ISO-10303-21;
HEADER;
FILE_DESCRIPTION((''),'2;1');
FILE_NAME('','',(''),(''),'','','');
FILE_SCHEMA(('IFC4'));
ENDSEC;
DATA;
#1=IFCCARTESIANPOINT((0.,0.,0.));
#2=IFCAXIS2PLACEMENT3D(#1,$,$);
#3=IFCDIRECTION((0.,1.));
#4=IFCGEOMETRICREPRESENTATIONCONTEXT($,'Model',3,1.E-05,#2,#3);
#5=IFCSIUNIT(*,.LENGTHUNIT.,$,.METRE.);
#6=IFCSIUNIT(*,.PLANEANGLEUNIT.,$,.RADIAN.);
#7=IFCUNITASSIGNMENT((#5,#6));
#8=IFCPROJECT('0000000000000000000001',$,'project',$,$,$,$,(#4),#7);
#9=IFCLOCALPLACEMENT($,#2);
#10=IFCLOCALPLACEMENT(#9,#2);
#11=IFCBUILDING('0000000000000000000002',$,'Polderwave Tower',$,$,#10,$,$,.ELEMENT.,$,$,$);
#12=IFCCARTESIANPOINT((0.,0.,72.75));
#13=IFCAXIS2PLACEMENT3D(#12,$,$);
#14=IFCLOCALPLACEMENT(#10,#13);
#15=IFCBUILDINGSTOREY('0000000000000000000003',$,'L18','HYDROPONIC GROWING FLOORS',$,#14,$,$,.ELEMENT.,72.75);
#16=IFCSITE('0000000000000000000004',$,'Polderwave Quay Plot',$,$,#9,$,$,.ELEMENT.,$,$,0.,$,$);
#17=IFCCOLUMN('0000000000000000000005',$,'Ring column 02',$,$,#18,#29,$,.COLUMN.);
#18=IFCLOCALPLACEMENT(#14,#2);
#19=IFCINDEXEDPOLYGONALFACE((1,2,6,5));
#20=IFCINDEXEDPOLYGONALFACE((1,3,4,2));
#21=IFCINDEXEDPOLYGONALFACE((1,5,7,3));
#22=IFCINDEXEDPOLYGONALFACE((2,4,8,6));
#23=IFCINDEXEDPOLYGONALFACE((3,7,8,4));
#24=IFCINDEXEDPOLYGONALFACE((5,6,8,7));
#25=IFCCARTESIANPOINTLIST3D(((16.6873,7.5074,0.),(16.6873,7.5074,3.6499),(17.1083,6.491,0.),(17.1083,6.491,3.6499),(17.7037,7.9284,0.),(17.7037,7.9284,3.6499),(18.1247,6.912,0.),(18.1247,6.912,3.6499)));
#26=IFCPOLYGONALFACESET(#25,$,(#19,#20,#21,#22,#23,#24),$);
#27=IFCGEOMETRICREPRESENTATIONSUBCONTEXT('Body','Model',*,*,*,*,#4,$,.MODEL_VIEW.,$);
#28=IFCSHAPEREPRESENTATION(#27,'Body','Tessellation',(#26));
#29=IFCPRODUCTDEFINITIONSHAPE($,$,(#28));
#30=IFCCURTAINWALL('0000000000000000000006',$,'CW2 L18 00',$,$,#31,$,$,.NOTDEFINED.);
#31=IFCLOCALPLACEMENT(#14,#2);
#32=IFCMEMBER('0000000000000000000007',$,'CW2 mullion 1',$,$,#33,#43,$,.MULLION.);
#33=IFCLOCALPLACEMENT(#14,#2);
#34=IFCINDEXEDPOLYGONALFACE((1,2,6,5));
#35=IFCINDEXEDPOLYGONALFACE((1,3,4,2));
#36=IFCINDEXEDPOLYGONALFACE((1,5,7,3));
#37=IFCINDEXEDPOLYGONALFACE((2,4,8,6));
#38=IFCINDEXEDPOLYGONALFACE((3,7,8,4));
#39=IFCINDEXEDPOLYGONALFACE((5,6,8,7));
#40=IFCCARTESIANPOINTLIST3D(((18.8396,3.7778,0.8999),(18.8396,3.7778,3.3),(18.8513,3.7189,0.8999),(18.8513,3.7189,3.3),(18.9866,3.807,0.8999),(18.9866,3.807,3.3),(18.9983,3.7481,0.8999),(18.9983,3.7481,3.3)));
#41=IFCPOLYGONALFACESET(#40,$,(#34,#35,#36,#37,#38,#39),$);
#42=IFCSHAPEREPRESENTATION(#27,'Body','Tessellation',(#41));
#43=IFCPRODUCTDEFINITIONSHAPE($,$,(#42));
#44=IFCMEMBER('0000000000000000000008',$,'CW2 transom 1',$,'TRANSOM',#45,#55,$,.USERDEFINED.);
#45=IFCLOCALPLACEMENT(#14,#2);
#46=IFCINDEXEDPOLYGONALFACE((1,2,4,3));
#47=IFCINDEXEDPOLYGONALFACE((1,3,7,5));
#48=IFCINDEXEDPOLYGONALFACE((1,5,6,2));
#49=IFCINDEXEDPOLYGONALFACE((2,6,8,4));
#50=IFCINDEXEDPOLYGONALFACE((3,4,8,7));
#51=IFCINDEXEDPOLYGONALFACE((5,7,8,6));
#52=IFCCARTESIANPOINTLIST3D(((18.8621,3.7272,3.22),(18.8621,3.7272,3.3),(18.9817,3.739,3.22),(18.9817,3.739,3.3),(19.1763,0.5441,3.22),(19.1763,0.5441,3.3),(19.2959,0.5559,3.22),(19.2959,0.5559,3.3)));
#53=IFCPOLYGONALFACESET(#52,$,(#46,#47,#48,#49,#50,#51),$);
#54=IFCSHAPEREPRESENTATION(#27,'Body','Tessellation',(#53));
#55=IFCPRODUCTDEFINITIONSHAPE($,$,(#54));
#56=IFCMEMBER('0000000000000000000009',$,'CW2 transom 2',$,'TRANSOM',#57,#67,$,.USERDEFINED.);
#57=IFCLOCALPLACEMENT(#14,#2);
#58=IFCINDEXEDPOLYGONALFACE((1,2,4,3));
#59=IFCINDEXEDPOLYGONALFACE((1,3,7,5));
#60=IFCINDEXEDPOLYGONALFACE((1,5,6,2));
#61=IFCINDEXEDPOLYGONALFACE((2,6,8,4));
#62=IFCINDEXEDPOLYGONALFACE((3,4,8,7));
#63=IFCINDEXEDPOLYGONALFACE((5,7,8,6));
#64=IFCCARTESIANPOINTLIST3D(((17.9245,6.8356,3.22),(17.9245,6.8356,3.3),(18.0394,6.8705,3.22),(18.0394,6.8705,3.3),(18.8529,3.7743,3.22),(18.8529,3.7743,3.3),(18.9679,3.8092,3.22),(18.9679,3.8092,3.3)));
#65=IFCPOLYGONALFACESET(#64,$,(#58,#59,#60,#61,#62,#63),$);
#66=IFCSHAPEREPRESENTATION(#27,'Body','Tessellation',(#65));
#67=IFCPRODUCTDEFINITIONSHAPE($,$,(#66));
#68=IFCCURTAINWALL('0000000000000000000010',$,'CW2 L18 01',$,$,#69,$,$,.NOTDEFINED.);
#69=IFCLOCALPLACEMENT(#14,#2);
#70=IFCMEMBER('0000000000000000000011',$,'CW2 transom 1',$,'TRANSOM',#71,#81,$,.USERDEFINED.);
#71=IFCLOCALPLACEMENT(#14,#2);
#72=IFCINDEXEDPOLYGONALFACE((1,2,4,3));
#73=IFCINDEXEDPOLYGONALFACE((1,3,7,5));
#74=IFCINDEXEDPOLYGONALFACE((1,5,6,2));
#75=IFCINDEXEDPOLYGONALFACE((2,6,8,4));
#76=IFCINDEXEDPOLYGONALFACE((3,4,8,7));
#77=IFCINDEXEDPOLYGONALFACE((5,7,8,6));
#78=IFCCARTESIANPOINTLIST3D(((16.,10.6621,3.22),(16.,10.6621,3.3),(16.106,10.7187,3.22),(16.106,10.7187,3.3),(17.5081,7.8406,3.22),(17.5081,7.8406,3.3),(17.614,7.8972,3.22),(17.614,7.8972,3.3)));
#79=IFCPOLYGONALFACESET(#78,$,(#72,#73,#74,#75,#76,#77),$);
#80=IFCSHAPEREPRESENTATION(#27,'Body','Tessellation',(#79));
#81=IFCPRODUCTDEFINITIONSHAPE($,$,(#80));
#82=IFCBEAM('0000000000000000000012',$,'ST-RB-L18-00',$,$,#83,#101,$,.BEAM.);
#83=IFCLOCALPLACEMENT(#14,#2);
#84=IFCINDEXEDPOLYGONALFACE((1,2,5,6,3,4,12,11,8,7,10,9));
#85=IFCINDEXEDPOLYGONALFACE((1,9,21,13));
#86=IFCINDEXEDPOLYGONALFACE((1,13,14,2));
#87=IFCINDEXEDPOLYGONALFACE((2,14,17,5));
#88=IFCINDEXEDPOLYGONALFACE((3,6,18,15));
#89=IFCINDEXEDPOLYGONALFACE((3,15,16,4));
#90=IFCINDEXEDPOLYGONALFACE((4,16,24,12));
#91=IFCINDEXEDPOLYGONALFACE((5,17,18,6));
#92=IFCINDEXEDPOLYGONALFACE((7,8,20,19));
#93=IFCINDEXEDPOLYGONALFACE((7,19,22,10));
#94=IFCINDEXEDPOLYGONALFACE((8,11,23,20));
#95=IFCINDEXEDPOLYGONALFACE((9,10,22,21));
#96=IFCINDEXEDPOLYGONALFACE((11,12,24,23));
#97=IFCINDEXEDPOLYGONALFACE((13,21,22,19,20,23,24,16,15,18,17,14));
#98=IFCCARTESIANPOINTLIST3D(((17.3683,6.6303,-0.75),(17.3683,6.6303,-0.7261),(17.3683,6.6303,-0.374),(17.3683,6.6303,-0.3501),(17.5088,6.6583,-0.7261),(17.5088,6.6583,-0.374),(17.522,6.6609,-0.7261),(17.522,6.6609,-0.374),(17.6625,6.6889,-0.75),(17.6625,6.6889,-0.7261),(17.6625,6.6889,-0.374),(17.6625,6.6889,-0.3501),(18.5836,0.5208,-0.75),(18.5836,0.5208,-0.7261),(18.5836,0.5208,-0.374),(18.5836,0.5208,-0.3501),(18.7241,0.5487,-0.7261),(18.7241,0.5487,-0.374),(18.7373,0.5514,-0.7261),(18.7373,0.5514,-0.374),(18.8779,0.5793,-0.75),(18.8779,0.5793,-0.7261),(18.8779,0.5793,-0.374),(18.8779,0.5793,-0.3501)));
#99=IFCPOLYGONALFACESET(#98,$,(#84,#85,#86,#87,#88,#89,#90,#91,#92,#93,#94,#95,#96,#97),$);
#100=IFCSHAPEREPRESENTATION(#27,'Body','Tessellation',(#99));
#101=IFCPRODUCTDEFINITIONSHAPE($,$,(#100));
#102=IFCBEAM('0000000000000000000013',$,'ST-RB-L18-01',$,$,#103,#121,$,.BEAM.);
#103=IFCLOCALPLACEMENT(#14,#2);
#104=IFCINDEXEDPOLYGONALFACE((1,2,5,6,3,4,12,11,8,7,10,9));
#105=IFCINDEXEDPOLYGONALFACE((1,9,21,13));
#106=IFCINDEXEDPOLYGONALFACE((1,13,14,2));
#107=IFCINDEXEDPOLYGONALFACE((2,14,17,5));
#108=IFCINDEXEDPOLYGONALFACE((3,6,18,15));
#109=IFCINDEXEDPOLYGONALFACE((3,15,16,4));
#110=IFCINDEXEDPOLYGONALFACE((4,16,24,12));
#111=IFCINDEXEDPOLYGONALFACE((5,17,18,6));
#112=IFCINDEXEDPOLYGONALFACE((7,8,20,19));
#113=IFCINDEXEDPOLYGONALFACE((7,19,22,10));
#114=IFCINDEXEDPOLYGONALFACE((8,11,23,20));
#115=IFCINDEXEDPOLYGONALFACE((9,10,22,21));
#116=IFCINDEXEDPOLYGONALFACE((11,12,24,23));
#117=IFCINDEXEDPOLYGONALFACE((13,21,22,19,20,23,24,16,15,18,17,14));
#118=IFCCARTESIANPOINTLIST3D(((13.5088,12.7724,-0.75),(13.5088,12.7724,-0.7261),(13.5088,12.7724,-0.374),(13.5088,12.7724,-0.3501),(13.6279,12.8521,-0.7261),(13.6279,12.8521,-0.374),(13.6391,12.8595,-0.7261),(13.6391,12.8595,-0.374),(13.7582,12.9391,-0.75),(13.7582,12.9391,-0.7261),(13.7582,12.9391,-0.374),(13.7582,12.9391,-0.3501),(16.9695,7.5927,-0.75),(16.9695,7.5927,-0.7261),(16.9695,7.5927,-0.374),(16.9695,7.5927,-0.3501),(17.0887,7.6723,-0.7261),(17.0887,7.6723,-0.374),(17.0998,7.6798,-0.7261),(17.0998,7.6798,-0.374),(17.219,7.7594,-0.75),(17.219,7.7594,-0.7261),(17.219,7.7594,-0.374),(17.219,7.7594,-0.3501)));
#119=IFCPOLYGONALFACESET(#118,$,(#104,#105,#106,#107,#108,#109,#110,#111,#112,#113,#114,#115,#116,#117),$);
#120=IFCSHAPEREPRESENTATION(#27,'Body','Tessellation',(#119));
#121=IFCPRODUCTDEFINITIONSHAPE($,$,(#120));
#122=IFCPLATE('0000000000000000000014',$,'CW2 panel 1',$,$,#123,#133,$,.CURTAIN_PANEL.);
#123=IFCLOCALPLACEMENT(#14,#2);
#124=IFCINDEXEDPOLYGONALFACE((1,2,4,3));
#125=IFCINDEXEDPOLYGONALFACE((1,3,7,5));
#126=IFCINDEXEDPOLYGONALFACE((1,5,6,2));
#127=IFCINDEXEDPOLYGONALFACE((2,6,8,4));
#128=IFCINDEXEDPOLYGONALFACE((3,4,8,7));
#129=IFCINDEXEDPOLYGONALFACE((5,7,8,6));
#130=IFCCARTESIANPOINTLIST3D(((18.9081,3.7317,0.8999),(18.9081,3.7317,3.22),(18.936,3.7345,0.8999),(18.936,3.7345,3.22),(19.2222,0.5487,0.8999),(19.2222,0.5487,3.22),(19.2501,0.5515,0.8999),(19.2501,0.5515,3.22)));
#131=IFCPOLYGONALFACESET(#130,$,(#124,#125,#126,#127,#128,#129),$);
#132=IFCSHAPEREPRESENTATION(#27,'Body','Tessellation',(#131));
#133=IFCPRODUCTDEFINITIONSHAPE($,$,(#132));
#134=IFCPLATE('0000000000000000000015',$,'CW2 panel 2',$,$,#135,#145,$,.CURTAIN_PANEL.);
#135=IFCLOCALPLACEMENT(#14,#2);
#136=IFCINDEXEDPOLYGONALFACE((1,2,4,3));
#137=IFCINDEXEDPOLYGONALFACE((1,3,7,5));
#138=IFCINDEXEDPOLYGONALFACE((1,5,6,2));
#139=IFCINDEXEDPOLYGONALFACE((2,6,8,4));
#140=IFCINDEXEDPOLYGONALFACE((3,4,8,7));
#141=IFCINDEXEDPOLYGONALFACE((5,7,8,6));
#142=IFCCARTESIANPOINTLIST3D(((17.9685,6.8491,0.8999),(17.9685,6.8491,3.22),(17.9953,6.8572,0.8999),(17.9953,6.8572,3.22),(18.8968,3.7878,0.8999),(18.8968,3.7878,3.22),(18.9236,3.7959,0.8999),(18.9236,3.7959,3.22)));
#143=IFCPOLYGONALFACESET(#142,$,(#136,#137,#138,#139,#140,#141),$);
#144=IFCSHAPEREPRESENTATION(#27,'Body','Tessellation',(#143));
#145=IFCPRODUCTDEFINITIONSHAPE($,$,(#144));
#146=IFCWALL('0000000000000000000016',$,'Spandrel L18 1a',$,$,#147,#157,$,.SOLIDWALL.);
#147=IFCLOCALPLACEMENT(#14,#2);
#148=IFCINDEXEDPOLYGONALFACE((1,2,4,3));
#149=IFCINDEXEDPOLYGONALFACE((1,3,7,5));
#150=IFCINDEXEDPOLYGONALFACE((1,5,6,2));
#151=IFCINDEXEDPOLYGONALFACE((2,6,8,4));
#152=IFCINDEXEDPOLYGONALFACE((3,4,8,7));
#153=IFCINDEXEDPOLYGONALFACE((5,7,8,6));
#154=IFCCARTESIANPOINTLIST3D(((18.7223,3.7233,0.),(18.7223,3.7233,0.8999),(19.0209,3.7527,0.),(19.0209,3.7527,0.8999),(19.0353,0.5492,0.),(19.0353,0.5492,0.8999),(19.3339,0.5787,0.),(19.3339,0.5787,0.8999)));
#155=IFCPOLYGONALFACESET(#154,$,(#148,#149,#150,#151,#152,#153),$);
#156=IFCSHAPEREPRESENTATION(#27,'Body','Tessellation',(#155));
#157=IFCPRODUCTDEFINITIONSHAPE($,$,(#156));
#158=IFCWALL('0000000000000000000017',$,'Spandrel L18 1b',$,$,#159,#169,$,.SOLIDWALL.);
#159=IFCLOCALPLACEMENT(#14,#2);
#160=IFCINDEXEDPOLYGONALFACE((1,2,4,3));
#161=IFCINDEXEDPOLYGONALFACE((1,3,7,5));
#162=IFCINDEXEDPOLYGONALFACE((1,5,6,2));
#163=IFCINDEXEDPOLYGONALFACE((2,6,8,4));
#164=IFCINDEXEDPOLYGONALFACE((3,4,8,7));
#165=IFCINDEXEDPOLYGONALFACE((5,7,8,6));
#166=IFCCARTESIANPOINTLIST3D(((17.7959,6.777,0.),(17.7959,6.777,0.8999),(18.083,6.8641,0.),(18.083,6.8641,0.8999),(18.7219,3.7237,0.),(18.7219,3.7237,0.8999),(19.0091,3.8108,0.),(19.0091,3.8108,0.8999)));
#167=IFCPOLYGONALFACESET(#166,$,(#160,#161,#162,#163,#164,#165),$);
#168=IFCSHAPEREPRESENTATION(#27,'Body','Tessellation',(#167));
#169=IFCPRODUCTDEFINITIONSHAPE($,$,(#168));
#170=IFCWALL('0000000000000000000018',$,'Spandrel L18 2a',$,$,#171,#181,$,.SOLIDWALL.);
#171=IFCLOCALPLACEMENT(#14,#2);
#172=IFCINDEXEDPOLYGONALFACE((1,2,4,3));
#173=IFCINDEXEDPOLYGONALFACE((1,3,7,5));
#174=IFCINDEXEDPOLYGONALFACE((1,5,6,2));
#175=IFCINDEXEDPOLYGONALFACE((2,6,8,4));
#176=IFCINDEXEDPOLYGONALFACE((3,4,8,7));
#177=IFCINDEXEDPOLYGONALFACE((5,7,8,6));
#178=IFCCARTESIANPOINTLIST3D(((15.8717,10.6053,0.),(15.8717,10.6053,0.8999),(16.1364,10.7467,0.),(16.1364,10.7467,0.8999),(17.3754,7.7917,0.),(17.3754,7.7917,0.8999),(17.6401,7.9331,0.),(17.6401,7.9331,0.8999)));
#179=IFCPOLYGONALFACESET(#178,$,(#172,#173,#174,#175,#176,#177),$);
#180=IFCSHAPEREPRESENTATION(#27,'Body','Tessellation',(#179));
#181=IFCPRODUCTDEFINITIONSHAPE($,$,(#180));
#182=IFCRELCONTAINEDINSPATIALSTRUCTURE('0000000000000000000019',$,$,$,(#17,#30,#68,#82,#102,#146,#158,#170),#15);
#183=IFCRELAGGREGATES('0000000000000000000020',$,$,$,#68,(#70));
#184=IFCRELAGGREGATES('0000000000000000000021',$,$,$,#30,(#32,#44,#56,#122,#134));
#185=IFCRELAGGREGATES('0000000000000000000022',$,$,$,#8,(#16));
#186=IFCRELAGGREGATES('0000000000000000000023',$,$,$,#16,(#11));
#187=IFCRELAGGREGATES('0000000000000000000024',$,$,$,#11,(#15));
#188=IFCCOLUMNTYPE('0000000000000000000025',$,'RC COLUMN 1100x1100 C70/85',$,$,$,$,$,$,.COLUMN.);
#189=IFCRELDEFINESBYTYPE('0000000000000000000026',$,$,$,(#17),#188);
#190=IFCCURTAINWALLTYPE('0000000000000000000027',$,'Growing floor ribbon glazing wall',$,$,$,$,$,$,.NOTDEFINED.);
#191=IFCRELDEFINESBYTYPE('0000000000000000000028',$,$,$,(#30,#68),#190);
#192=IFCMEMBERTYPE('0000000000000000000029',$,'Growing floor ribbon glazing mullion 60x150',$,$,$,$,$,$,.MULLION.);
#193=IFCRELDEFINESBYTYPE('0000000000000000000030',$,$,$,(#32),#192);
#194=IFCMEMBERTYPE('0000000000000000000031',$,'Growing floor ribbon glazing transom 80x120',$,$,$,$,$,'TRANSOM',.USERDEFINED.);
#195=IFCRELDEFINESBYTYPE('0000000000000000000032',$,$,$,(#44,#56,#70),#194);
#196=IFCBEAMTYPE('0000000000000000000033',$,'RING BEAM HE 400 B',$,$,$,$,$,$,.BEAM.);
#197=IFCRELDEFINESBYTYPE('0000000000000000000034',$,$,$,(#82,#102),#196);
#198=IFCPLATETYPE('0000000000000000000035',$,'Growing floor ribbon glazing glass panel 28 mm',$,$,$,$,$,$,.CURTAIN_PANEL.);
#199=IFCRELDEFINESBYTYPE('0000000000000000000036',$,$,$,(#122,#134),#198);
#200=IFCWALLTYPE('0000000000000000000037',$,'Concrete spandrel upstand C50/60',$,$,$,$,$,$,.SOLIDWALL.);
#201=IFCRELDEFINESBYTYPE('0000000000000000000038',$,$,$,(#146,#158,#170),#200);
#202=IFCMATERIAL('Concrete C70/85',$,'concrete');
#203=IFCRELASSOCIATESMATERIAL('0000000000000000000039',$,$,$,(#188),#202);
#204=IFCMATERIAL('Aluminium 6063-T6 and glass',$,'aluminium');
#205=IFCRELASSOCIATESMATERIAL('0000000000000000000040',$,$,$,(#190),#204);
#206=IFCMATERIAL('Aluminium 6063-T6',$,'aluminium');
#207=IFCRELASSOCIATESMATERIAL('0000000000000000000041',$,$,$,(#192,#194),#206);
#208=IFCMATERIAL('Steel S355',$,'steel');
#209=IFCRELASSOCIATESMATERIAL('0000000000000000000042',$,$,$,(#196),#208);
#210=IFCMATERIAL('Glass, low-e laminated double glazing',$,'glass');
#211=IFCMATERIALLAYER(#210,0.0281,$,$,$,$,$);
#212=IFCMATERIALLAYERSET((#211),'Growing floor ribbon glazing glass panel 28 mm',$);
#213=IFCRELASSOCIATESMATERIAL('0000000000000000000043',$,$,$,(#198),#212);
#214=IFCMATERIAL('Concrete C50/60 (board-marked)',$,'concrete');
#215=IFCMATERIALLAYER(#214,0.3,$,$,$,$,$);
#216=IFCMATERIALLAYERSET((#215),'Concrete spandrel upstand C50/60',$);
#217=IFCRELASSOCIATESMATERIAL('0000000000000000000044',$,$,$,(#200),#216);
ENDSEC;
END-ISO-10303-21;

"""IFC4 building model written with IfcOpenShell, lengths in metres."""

from ifc_helpers import new_model, si_unit, direction, frame, frame_2d, origin, origin_2d, place, context, subcontext, project, spatial, rectangle, i_section, extrude, material, layer, layer_set, material_profile, profile_set, type_object, element, aggregate, save


model = new_model("IFC4")

# Units and contexts
model_context = context("Model", 3, precision=1e-05, world=origin(), true_north=direction((0.0, 1.0)))
body_context = subcontext(model_context, "Body", "Model", "MODEL_VIEW")
ifc_project = project(units=[si_unit("LENGTHUNIT", "METRE"), si_unit("PLANEANGLEUNIT", "RADIAN")], contexts=[model_context])

# Site, building, storey
site_placement = place(None, origin())
site = spatial("IfcSite", under=ifc_project, at=site_placement, Name="Polderwave Quay Plot", CompositionType="ELEMENT", RefElevation=0.0)
building_placement = place(site_placement, origin())
building = spatial("IfcBuilding", under=site, at=building_placement, Name="Polderwave Tower", CompositionType="ELEMENT")
storey_placement = place(building_placement, frame((0.0, 0.0, 72.75)))
storey = spatial("IfcBuildingStorey", under=building, at=storey_placement, Name="L18", Description="HYDROPONIC GROWING FLOORS", CompositionType="ELEMENT", Elevation=72.75)

# Column
ifc_material_1 = material(Name="Concrete C70/85", Category="concrete")
ifc_material_profile_1 = material_profile(ifc_material_1, rectangle(XDim=1.1001, YDim=1.1001, at=origin_2d()), Name="RC 1100x1100")
ifc_profile_set_1 = profile_set([ifc_material_profile_1], Name="Concrete C70/85")
column_type = type_object("IfcColumnType", Name="RC COLUMN 1100x1100 C70/85", PredefinedType="COLUMN", material=ifc_profile_set_1)
column_placement = place(storey_placement, frame((17.406, 7.2097, 0.0), z_axis=(0.0, 0.0, 1.0), x_axis=(0.92388, 0.382683, 0.0)))
element("IfcColumn", 1, at=column_placement, inside=storey, type_object=column_type, Name="Ring column 02", PredefinedType="COLUMN", context=body_context, shape_type="SweptSolid", body=[
    extrude(rectangle(XDim=1.1001, YDim=1.1001, at=origin_2d()), origin(), (0.0, 0.0, 1.0), 3.6499),
])

# Curtain wall, members
ifc_material_2 = material(Name="Aluminium 6063-T6 and glass", Category="aluminium")
curtain_wall_type = type_object("IfcCurtainWallType", Name="Growing floor ribbon glazing wall", PredefinedType="NOTDEFINED", material=ifc_material_2)
curtain_wall_1_placement = place(storey_placement, origin())
curtain_wall_1 = element("IfcCurtainWall", 2, at=curtain_wall_1_placement, inside=storey, type_object=curtain_wall_type, Name="CW2 L18 00", PredefinedType="NOTDEFINED")
ifc_material_3 = material(Name="Aluminium 6063-T6", Category="aluminium")
ifc_material_profile_2 = material_profile(ifc_material_3, rectangle(XDim=0.1499, YDim=0.0601, at=origin_2d()), Name="AL 60x150")
ifc_profile_set_2 = profile_set([ifc_material_profile_2], Name="Aluminium 6063-T6")
member_type_1 = type_object("IfcMemberType", Name="Growing floor ribbon glazing mullion 60x150", PredefinedType="MULLION", material=ifc_profile_set_2)
member_1_placement = place(storey_placement, frame((18.9189, 3.7629, 0.8999), z_axis=(0.0, 0.0, 1.0), x_axis=(-0.980779, -0.195123, 0.0)))
member_1 = element("IfcMember", 3, at=member_1_placement, type_object=member_type_1, Name="CW2 mullion 1", PredefinedType="MULLION", context=body_context, shape_type="SweptSolid", body=[
    extrude(rectangle(XDim=0.1499, YDim=0.0601, at=origin_2d()), origin(), (0.0, 0.0, 1.0), 2.4001),
])
ifc_material_profile_3 = material_profile(ifc_material_3, rectangle(XDim=0.1201, YDim=0.0801, at=origin_2d()), Name="AL 80x120")
ifc_profile_set_3 = profile_set([ifc_material_profile_3], Name="Aluminium 6063-T6")
member_type_2 = type_object("IfcMemberType", Name="Growing floor ribbon glazing transom 80x120", ElementType="TRANSOM", PredefinedType="USERDEFINED", material=ifc_profile_set_3)
member_2_placement = place(storey_placement, frame((19.2361, 0.55, 3.26), z_axis=(-0.098234, 0.995163, 0.0), x_axis=(-0.995163, -0.098234, 0.0)))
member_2 = element("IfcMember", 4, at=member_2_placement, type_object=member_type_2, Name="CW2 transom 1", ObjectType="TRANSOM", PredefinedType="USERDEFINED", context=body_context, shape_type="SweptSolid", body=[
    extrude(rectangle(XDim=0.1201, YDim=0.0801, at=origin_2d()), origin(), (0.0, 0.0, 1.0), 3.1985),
])
member_3_placement = place(storey_placement, frame((18.9104, 3.7917, 3.26), z_axis=(-0.290238, 0.956954, 0.0), x_axis=(-0.956954, -0.290238, 0.0)))
member_3 = element("IfcMember", 5, at=member_3_placement, type_object=member_type_2, Name="CW2 transom 2", ObjectType="TRANSOM", PredefinedType="USERDEFINED", context=body_context, shape_type="SweptSolid", body=[
    extrude(rectangle(XDim=0.1201, YDim=0.0801, at=origin_2d()), origin(), (0.0, 0.0, 1.0), 3.199),
])

# Curtain wall, member
curtain_wall_2_placement = place(storey_placement, origin())
curtain_wall_2 = element("IfcCurtainWall", 6, at=curtain_wall_2_placement, inside=storey, type_object=curtain_wall_type, Name="CW2 L18 01", PredefinedType="NOTDEFINED")
member_4_placement = place(storey_placement, frame((17.561, 7.8689, 3.26), z_axis=(-0.471376, 0.881932, 0.0), x_axis=(-0.881932, -0.471376, 0.0)))
member_4 = element("IfcMember", 7, at=member_4_placement, type_object=member_type_2, Name="CW2 transom 1", ObjectType="TRANSOM", PredefinedType="USERDEFINED", context=body_context, shape_type="SweptSolid", body=[
    extrude(rectangle(XDim=0.1201, YDim=0.0801, at=origin_2d()), origin(), (0.0, 0.0, 1.0), 3.1992),
])
aggregate(curtain_wall_2, [member_4])

# Beams
ifc_material_4 = material(Name="Steel S355", Category="steel")
ifc_material_profile_4 = material_profile(ifc_material_4, i_section(OverallWidth=0.3, OverallDepth=0.3999, WebThickness=0.0134, FlangeThickness=0.0239, at=origin_2d()), Name="HE 400 B")
ifc_profile_set_4 = profile_set([ifc_material_profile_4], Name="Steel S355")
beam_type = type_object("IfcBeamType", Name="RING BEAM HE 400 B", PredefinedType="BEAM", material=ifc_profile_set_4)
beam_1_placement = place(storey_placement, frame((18.7307, 0.55, -0.55), z_axis=(-0.195099, 0.980784, 0.0), x_axis=(-0.980784, -0.195099, 0.0)))
element("IfcBeam", 8, at=beam_1_placement, inside=storey, type_object=beam_type, Name="ST-RB-L18-00", PredefinedType="BEAM", context=body_context, shape_type="SweptSolid", body=[
    extrude(i_section(OverallWidth=0.3, OverallDepth=0.3999, WebThickness=0.0134, FlangeThickness=0.0239, at=origin_2d()), origin(), (0.0, 0.0, 1.0), 6.2292),
])
beam_2_placement = place(storey_placement, frame((17.0942, 7.676, -0.55), z_axis=(-0.555541, 0.831489, 0.0), x_axis=(-0.831489, -0.555541, 0.0)))
element("IfcBeam", 9, at=beam_2_placement, inside=storey, type_object=beam_type, Name="ST-RB-L18-01", PredefinedType="BEAM", context=body_context, shape_type="SweptSolid", body=[
    extrude(i_section(OverallWidth=0.3, OverallDepth=0.3999, WebThickness=0.0134, FlangeThickness=0.0239, at=origin_2d()), origin(), (0.0, 0.0, 1.0), 6.2295),
])

# Plates
ifc_material_5 = material(Name="Glass, low-e laminated double glazing", Category="glass")
ifc_layer_1 = layer(ifc_material_5, 0.0281)
ifc_layer_set_1 = layer_set([ifc_layer_1], Name="Growing floor ribbon glazing glass panel 28 mm")
plate_type = type_object("IfcPlateType", Name="Growing floor ribbon glazing glass panel 28 mm", PredefinedType="CURTAIN_PANEL", material=ifc_layer_set_1)
plate_1_placement = place(storey_placement, frame((19.0791, 2.1416, 0.8999), z_axis=(0.0, 0.0, 1.0), x_axis=(-0.098186, 0.995168, 0.0)))
plate_1 = element("IfcPlate", 10, at=plate_1_placement, type_object=plate_type, Name="CW2 panel 1", PredefinedType="CURTAIN_PANEL", context=body_context, shape_type="SweptSolid", body=[
    extrude(rectangle(XDim=3.1985, YDim=0.0281, at=origin_2d()), origin(), (0.0, 0.0, 1.0), 2.3201),
])
plate_2_placement = place(storey_placement, frame((18.446, 5.3225, 0.8999), z_axis=(0.0, 0.0, 1.0), x_axis=(-0.290188, 0.95697, 0.0)))
plate_2 = element("IfcPlate", 11, at=plate_2_placement, type_object=plate_type, Name="CW2 panel 2", PredefinedType="CURTAIN_PANEL", context=body_context, shape_type="SweptSolid", body=[
    extrude(rectangle(XDim=3.199, YDim=0.0281, at=origin_2d()), origin(), (0.0, 0.0, 1.0), 2.3201),
])
aggregate(curtain_wall_1, [member_1, member_2, member_3, plate_1, plate_2])

# Walls
ifc_material_6 = material(Name="Concrete C50/60 (board-marked)", Category="concrete")
ifc_layer_2 = layer(ifc_material_6, 0.3)
ifc_layer_set_2 = layer_set([ifc_layer_2], Name="Concrete spandrel upstand C50/60")
wall_type_1 = type_object("IfcWallType", Name="Concrete spandrel upstand C50/60", PredefinedType="SOLIDWALL", material=ifc_layer_set_2)
wall_1_placement = place(storey_placement, frame((19.1846, 0.564, 0.0), z_axis=(0.0, 0.0, 1.0), x_axis=(-0.098132, 0.995173, 0.0)))
element("IfcWall", 12, at=wall_1_placement, inside=storey, type_object=wall_type_1, Name="Spandrel L18 1a", PredefinedType="SOLIDWALL", context=body_context, shape_type="SweptSolid", body=[
    extrude(rectangle(XDim=3.1895, YDim=0.3, at=frame_2d((1.5947, 0.0))), origin(), (0.0, 0.0, 1.0), 0.8999),
])
wall_2_placement = place(storey_placement, frame((18.8655, 3.7673, 0.0), z_axis=(0.0, 0.0, 1.0), x_axis=(-0.290239, 0.956954, 0.0)))
element("IfcWall", 13, at=wall_2_placement, inside=storey, type_object=wall_type_1, Name="Spandrel L18 1b", PredefinedType="SOLIDWALL", context=body_context, shape_type="SweptSolid", body=[
    extrude(rectangle(XDim=3.1907, YDim=0.3, at=frame_2d((1.5952, 0.0))), origin(), (0.0, 0.0, 1.0), 0.8999),
])
wall_3_placement = place(storey_placement, frame((17.5078, 7.8623, 0.0), z_axis=(0.0, 0.0, 1.0), x_axis=(-0.471355, 0.881944, 0.0)))
element("IfcWall", 14, at=wall_3_placement, inside=storey, type_object=wall_type_1, Name="Spandrel L18 2a", PredefinedType="SOLIDWALL", context=body_context, shape_type="SweptSolid", body=[
    extrude(rectangle(XDim=3.1902, YDim=0.3, at=frame_2d((1.5952, 0.0))), origin(), (0.0, 0.0, 1.0), 0.8999),
])

save(model, "model.ifc")
